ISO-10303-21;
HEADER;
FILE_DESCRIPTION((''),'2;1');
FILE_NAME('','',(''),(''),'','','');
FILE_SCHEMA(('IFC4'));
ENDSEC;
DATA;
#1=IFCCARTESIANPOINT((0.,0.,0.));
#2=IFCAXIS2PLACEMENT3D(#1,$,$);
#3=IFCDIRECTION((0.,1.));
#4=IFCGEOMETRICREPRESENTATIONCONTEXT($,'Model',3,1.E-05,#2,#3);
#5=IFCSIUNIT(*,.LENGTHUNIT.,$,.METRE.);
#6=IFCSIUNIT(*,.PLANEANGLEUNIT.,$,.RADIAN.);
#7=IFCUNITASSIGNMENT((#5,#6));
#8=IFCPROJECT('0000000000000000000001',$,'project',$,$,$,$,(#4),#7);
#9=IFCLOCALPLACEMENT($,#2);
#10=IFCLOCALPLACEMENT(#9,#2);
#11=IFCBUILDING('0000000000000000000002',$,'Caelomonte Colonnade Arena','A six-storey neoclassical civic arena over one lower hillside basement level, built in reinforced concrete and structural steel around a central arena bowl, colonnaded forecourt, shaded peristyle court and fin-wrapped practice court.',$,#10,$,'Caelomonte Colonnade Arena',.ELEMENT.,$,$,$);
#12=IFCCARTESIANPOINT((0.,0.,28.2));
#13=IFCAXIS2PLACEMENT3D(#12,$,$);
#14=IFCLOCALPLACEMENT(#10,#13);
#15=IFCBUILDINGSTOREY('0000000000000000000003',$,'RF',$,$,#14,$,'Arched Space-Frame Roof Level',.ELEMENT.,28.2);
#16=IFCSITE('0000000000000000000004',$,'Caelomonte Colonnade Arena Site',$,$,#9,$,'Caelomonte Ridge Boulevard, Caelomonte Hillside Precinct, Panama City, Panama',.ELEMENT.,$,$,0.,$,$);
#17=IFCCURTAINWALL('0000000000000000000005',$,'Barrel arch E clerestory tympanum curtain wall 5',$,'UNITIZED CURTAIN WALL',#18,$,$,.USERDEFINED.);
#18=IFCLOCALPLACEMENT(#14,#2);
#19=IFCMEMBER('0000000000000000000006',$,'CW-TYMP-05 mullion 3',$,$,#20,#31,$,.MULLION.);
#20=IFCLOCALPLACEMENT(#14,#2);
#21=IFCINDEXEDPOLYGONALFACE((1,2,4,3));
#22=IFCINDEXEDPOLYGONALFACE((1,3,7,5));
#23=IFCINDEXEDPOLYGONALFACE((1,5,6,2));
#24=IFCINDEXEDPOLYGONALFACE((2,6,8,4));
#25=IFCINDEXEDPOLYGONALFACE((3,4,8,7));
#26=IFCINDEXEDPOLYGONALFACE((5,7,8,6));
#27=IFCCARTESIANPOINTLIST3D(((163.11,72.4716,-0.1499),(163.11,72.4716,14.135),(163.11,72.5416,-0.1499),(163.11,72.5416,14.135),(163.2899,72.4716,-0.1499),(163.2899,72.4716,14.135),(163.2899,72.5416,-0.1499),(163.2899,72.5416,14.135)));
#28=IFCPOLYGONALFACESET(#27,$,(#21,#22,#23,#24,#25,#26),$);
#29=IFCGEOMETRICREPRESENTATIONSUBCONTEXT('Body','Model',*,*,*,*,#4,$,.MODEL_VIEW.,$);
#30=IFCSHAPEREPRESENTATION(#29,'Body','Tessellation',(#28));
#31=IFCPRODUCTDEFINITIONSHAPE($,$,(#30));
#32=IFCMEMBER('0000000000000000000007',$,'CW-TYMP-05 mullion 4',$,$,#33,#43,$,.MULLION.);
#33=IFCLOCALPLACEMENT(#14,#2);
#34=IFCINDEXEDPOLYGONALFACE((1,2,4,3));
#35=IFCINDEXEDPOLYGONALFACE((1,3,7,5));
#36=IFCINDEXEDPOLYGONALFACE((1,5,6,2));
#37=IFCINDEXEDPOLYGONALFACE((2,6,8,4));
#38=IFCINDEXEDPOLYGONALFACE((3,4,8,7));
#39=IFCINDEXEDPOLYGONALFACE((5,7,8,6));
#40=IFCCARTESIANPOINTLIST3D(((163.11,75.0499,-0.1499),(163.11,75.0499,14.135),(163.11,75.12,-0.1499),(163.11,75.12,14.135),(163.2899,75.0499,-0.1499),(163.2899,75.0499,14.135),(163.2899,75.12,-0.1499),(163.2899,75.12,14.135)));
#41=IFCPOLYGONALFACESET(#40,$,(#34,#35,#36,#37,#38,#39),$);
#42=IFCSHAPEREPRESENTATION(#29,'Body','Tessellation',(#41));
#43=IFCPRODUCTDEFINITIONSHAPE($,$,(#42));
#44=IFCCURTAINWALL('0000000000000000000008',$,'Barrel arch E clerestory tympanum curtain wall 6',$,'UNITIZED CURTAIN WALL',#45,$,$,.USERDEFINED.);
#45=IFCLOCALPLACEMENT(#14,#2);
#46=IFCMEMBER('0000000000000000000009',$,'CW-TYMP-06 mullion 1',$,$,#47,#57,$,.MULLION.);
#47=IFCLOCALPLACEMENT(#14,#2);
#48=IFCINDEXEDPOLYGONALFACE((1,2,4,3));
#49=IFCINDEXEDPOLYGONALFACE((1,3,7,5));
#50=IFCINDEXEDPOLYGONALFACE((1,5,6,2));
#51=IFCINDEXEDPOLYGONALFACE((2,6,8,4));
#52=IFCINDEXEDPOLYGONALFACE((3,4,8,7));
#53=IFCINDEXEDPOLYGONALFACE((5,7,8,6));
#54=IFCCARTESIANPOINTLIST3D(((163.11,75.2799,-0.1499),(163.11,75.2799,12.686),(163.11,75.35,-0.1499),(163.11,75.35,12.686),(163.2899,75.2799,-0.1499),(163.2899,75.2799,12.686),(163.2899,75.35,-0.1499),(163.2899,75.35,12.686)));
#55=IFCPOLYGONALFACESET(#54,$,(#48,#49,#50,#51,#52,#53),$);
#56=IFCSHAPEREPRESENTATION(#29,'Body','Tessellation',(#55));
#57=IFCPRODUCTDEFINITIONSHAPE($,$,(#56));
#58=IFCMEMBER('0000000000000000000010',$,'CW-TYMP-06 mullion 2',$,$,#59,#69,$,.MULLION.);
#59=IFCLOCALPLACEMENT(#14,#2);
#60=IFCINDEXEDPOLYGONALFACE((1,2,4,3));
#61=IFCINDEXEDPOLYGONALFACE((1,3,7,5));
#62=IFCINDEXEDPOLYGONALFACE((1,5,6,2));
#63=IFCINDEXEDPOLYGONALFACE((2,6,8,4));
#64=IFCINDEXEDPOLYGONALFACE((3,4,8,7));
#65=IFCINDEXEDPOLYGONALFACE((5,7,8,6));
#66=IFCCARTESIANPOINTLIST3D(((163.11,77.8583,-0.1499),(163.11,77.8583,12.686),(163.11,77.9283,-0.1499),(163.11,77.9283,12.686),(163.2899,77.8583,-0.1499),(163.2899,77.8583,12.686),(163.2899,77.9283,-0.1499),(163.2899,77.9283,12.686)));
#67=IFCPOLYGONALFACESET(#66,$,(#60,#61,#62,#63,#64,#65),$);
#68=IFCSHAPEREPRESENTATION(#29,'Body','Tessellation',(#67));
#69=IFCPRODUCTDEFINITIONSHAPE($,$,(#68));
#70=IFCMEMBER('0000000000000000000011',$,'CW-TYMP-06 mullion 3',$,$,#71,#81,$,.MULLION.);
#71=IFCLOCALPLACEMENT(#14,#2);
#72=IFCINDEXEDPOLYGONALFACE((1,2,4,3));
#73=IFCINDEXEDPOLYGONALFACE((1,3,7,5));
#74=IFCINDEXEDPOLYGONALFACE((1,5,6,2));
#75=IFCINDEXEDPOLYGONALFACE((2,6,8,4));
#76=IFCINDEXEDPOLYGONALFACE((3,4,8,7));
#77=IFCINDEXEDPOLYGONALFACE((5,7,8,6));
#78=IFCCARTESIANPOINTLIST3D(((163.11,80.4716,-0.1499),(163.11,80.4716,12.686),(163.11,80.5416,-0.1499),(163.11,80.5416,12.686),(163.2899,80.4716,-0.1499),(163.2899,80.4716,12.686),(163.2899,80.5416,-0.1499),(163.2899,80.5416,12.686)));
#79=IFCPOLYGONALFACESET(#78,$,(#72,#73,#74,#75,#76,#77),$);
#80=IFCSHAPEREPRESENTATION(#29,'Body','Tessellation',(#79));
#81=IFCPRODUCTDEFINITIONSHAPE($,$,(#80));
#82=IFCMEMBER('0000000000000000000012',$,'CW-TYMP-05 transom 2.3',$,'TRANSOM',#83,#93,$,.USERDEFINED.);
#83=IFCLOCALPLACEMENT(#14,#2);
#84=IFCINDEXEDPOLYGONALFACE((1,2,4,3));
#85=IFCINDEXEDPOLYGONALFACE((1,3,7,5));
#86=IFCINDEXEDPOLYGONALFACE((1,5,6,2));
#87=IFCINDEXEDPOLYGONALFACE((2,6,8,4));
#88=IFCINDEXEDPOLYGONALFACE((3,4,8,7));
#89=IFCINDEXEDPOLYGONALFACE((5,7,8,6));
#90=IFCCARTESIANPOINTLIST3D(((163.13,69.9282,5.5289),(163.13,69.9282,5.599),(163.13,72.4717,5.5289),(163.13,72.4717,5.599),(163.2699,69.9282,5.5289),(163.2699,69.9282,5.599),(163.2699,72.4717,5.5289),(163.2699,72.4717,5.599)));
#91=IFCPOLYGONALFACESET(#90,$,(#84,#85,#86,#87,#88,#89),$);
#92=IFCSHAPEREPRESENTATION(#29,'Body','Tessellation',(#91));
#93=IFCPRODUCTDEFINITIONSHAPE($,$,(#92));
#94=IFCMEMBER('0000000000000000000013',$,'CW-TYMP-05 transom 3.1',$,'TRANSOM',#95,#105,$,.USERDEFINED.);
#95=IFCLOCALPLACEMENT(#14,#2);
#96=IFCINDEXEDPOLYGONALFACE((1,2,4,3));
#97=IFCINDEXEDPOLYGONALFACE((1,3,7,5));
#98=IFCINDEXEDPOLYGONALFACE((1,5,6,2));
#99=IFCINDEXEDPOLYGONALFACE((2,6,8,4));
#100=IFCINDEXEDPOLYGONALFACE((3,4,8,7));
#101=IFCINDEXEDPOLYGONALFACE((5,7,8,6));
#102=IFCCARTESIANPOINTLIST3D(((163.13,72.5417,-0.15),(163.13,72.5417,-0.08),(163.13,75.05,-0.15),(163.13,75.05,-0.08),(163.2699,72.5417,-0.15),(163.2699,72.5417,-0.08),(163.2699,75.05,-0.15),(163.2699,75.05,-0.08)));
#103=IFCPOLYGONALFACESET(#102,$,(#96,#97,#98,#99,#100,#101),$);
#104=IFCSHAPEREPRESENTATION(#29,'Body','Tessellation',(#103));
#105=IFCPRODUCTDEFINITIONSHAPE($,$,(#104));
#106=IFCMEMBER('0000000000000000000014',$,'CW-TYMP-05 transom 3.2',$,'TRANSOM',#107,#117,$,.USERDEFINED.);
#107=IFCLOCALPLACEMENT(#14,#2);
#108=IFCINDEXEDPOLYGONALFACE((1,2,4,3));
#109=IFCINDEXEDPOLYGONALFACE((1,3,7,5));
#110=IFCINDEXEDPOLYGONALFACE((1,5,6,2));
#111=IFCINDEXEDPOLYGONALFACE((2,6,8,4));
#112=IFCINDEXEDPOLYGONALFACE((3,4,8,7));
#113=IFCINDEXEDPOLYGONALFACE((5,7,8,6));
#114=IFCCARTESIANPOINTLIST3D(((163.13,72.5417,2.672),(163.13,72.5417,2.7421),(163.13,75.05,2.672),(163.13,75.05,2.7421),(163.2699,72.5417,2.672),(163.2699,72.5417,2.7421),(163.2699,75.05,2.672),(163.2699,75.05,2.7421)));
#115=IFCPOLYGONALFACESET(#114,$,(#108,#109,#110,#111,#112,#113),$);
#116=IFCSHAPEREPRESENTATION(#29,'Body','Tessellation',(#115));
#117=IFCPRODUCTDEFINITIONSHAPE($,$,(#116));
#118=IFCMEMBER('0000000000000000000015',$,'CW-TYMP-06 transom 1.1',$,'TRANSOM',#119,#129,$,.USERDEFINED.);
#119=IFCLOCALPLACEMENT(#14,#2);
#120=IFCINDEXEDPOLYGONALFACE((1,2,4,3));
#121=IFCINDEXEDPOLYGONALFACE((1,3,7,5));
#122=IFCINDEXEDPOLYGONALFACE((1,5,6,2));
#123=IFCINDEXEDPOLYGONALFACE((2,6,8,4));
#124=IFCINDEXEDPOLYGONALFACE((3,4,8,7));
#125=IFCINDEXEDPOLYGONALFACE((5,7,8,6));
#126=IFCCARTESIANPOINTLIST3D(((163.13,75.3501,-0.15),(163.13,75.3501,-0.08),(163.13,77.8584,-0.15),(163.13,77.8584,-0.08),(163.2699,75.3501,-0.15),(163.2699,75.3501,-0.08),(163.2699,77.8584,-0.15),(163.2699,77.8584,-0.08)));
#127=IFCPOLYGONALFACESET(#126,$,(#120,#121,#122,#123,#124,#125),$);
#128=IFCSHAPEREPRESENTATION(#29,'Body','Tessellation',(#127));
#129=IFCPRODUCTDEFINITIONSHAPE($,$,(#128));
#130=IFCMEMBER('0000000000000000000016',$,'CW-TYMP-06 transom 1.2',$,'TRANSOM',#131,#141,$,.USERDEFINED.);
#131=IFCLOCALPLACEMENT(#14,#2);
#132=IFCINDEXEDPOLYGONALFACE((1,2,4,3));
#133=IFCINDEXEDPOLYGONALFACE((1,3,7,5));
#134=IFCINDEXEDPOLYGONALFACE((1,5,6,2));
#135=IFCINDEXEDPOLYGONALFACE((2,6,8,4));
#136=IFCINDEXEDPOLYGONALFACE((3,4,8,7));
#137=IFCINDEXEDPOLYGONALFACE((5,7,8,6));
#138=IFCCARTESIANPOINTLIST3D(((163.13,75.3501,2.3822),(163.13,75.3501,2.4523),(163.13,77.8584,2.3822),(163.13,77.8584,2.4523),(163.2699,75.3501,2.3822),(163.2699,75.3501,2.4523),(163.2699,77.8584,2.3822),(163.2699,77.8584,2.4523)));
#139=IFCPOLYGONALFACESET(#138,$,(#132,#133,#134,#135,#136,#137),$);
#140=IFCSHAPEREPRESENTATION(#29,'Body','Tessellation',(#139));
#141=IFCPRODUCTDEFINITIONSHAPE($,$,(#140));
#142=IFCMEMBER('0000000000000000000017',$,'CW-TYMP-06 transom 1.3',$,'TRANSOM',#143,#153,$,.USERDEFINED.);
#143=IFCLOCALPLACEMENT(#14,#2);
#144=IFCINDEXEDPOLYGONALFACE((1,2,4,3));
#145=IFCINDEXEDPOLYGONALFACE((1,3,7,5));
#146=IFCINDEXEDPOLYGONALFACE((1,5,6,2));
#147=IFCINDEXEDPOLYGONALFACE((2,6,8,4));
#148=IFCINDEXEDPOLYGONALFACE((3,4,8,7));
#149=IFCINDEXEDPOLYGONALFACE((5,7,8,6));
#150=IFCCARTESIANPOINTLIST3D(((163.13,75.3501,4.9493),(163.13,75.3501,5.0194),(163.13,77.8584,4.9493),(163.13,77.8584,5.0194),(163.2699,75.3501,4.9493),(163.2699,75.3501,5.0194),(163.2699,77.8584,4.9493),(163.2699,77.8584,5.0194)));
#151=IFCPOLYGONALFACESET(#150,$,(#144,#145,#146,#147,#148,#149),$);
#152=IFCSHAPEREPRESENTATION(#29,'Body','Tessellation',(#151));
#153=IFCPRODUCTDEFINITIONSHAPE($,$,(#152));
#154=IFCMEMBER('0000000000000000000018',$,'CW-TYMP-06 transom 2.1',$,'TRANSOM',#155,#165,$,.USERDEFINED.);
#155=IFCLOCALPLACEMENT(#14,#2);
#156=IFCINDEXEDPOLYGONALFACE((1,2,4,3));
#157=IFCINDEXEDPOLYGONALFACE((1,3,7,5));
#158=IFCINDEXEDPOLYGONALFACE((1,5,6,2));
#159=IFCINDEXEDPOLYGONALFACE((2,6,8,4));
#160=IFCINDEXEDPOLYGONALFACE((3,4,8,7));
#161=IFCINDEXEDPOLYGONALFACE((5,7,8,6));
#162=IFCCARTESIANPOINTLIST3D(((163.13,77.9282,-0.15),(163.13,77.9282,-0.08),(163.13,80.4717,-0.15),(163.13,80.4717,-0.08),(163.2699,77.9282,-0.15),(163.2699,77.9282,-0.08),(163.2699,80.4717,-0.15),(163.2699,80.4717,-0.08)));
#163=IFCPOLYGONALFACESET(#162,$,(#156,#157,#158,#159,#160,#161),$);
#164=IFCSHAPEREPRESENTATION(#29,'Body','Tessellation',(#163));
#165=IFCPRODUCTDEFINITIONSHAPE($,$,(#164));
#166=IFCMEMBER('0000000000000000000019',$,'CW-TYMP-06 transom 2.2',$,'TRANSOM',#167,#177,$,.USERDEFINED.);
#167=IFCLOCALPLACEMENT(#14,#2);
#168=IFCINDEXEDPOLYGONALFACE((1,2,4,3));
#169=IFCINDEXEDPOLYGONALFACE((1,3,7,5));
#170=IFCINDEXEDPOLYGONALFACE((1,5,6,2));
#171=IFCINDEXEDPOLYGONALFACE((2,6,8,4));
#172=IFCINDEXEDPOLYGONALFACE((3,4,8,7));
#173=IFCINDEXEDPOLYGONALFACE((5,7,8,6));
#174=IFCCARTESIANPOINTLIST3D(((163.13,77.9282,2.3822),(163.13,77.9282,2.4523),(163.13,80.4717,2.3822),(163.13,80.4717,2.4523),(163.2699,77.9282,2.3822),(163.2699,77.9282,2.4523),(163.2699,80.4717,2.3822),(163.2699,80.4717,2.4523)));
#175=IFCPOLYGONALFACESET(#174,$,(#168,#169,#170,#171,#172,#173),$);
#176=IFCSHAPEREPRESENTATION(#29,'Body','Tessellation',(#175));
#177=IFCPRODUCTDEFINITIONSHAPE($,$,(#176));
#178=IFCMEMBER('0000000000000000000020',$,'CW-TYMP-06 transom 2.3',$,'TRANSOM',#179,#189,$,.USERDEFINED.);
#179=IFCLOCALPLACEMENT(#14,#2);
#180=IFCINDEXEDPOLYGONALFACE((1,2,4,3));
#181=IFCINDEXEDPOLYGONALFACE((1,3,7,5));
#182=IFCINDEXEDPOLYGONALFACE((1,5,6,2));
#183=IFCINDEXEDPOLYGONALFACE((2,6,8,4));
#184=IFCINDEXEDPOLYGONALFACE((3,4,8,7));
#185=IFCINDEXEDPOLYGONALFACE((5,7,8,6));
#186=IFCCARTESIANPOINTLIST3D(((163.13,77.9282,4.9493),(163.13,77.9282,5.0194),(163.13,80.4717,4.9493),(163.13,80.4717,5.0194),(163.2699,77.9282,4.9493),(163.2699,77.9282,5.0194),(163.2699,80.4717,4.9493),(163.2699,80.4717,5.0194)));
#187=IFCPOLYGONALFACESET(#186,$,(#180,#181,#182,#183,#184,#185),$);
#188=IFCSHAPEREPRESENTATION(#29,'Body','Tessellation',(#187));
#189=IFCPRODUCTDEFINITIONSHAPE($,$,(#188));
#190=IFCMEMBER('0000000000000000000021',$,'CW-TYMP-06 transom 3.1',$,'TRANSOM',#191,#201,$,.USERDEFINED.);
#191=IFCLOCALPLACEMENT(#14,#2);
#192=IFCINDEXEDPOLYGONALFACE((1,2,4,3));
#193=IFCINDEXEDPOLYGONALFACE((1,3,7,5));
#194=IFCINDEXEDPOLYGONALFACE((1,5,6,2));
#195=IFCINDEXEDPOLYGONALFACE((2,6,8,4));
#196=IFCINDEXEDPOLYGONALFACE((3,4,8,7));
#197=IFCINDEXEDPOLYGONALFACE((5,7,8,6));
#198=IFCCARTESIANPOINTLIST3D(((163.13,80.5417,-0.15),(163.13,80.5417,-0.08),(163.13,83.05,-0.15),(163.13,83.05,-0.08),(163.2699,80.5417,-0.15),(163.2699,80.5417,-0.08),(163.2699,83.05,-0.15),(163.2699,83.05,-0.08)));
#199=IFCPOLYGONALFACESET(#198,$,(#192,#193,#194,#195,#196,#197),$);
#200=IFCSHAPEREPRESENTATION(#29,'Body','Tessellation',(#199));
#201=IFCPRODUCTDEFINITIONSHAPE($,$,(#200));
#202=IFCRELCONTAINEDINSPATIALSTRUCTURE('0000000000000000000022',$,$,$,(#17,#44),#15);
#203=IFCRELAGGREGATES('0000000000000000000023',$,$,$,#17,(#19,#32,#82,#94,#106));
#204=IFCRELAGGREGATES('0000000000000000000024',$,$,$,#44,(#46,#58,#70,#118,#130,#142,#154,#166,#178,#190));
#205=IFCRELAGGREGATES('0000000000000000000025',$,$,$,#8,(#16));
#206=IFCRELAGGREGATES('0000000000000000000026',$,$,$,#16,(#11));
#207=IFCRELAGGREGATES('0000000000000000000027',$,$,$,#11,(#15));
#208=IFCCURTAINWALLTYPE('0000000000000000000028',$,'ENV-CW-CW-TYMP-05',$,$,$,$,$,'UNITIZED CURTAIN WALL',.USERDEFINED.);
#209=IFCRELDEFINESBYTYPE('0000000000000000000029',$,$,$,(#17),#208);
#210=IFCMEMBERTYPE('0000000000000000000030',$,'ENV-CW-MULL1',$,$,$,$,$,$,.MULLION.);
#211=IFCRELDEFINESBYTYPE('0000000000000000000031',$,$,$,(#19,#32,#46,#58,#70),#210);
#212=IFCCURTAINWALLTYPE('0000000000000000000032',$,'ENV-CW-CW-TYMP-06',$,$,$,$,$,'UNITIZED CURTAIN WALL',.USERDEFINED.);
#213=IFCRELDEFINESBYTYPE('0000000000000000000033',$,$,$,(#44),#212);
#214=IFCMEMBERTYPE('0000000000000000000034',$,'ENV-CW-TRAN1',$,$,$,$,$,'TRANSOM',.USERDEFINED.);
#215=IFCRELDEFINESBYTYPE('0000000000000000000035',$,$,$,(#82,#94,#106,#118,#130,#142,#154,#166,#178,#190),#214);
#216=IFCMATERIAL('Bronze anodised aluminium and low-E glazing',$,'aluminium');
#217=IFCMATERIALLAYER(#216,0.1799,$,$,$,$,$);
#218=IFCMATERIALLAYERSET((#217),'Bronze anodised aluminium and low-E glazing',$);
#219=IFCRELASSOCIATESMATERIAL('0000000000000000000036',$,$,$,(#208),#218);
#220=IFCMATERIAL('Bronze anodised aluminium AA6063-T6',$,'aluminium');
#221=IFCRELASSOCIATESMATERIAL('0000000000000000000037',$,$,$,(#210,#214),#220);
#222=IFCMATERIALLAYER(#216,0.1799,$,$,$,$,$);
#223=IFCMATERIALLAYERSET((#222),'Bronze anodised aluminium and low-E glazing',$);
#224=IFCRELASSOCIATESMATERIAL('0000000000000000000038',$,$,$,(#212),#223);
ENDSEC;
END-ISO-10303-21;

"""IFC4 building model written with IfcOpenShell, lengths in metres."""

from ifc_helpers import new_model, si_unit, direction, frame, origin, origin_2d, place, context, subcontext, project, spatial, rectangle, extrude, material, layer, layer_set, material_profile, profile_set, type_object, element, aggregate, save


model = new_model("IFC4")

# Units and contexts
model_context = context("Model", 3, precision=1e-05, world=origin(), true_north=direction((0.0, 1.0)))
body_context = subcontext(model_context, "Body", "Model", "MODEL_VIEW")
ifc_project = project(units=[si_unit("LENGTHUNIT", "METRE"), si_unit("PLANEANGLEUNIT", "RADIAN")], contexts=[model_context])

# Site, building, storey
site_placement = place(None, origin())
site = spatial("IfcSite", under=ifc_project, at=site_placement, Name="Caelomonte Colonnade Arena Site", LongName="Caelomonte Ridge Boulevard, Caelomonte Hillside Precinct, Panama City, Panama", CompositionType="ELEMENT", RefElevation=0.0)
building_placement = place(site_placement, origin())
building = spatial("IfcBuilding", under=site, at=building_placement, Name="Caelomonte Colonnade Arena", Description="A six-storey neoclassical civic arena over one lower hillside basement level, built in reinforced concrete and structural steel around a central arena bowl, colonnaded forecourt, shaded peristyle court and fin-wrapped practice court.", LongName="Caelomonte Colonnade Arena", CompositionType="ELEMENT")
storey_placement = place(building_placement, frame((0.0, 0.0, 28.2)))
storey = spatial("IfcBuildingStorey", under=building, at=storey_placement, Name="RF", LongName="Arched Space-Frame Roof Level", CompositionType="ELEMENT", Elevation=28.2)

# Curtain walls, members
ifc_material_1 = material(Name="Bronze anodised aluminium and low-E glazing", Category="aluminium")
ifc_layer_1 = layer(ifc_material_1, 0.1799)
ifc_layer_set_1 = layer_set([ifc_layer_1], Name="Bronze anodised aluminium and low-E glazing")
curtain_wall_type_1 = type_object("IfcCurtainWallType", Name="ENV-CW-CW-TYMP-05", ElementType="UNITIZED CURTAIN WALL", PredefinedType="USERDEFINED", material=ifc_layer_set_1)
curtain_wall_1_placement = place(storey_placement, origin())
curtain_wall_1 = element("IfcCurtainWall", 1, at=curtain_wall_1_placement, inside=storey, type_object=curtain_wall_type_1, Name="Barrel arch E clerestory tympanum curtain wall 5", ObjectType="UNITIZED CURTAIN WALL", PredefinedType="USERDEFINED")
ifc_material_2 = material(Name="Bronze anodised aluminium AA6063-T6", Category="aluminium")
ifc_material_profile_1 = material_profile(ifc_material_2, rectangle(XDim=0.0701, YDim=0.1799, at=origin_2d()), Name="CWM-70X180")
ifc_profile_set_1 = profile_set([ifc_material_profile_1], Name="Bronze anodised aluminium AA6063-T6")
member_type_1 = type_object("IfcMemberType", Name="ENV-CW-MULL1", PredefinedType="MULLION", material=ifc_profile_set_1)
member_1_placement = place(storey_placement, frame((163.2, 72.5066, -0.1499), z_axis=(0.0, 0.0, 1.0), x_axis=(0.0, 1.0, 0.0)))
member_1 = element("IfcMember", 2, at=member_1_placement, type_object=member_type_1, Name="CW-TYMP-05 mullion 3", PredefinedType="MULLION", context=body_context, shape_type="SweptSolid", body=[
    extrude(rectangle(XDim=0.0701, YDim=0.1799, at=origin_2d()), origin(), (0.0, 0.0, 1.0), 14.2849),
])
member_2_placement = place(storey_placement, frame((163.2, 75.085, -0.1499), z_axis=(0.0, 0.0, 1.0), x_axis=(0.0, 1.0, 0.0)))
member_2 = element("IfcMember", 3, at=member_2_placement, type_object=member_type_1, Name="CW-TYMP-05 mullion 4", PredefinedType="MULLION", context=body_context, shape_type="SweptSolid", body=[
    extrude(rectangle(XDim=0.0701, YDim=0.1799, at=origin_2d()), origin(), (0.0, 0.0, 1.0), 14.2849),
])
ifc_layer_2 = layer(ifc_material_1, 0.1799)
ifc_layer_set_2 = layer_set([ifc_layer_2], Name="Bronze anodised aluminium and low-E glazing")
curtain_wall_type_2 = type_object("IfcCurtainWallType", Name="ENV-CW-CW-TYMP-06", ElementType="UNITIZED CURTAIN WALL", PredefinedType="USERDEFINED", material=ifc_layer_set_2)
curtain_wall_2_placement = place(storey_placement, origin())
curtain_wall_2 = element("IfcCurtainWall", 4, at=curtain_wall_2_placement, inside=storey, type_object=curtain_wall_type_2, Name="Barrel arch E clerestory tympanum curtain wall 6", ObjectType="UNITIZED CURTAIN WALL", PredefinedType="USERDEFINED")
member_3_placement = place(storey_placement, frame((163.2, 75.3149, -0.1499), z_axis=(0.0, 0.0, 1.0), x_axis=(0.0, 1.0, 0.0)))
member_3 = element("IfcMember", 5, at=member_3_placement, type_object=member_type_1, Name="CW-TYMP-06 mullion 1", PredefinedType="MULLION", context=body_context, shape_type="SweptSolid", body=[
    extrude(rectangle(XDim=0.0701, YDim=0.1799, at=origin_2d()), origin(), (0.0, 0.0, 1.0), 12.8359),
])
member_4_placement = place(storey_placement, frame((163.2, 77.8933, -0.1499), z_axis=(0.0, 0.0, 1.0), x_axis=(0.0, 1.0, 0.0)))
member_4 = element("IfcMember", 6, at=member_4_placement, type_object=member_type_1, Name="CW-TYMP-06 mullion 2", PredefinedType="MULLION", context=body_context, shape_type="SweptSolid", body=[
    extrude(rectangle(XDim=0.0701, YDim=0.1799, at=origin_2d()), origin(), (0.0, 0.0, 1.0), 12.8359),
])
member_5_placement = place(storey_placement, frame((163.2, 80.5066, -0.1499), z_axis=(0.0, 0.0, 1.0), x_axis=(0.0, 1.0, 0.0)))
member_5 = element("IfcMember", 7, at=member_5_placement, type_object=member_type_1, Name="CW-TYMP-06 mullion 3", PredefinedType="MULLION", context=body_context, shape_type="SweptSolid", body=[
    extrude(rectangle(XDim=0.0701, YDim=0.1799, at=origin_2d()), origin(), (0.0, 0.0, 1.0), 12.8359),
])

# Members
ifc_material_profile_2 = material_profile(ifc_material_2, rectangle(XDim=0.0701, YDim=0.1399, at=origin_2d()), Name="CWT-70X140")
ifc_profile_set_2 = profile_set([ifc_material_profile_2], Name="Bronze anodised aluminium AA6063-T6")
member_type_2 = type_object("IfcMemberType", Name="ENV-CW-TRAN1", ElementType="TRANSOM", PredefinedType="USERDEFINED", material=ifc_profile_set_2)
member_6_placement = place(storey_placement, frame((163.2, 69.9282, 5.564), z_axis=(0.0, 1.0, 0.0), x_axis=(0.0, 0.0, 1.0)))
member_6 = element("IfcMember", 8, at=member_6_placement, type_object=member_type_2, Name="CW-TYMP-05 transom 2.3", ObjectType="TRANSOM", PredefinedType="USERDEFINED", context=body_context, shape_type="SweptSolid", body=[
    extrude(rectangle(XDim=0.0701, YDim=0.1399, at=origin_2d()), origin(), (0.0, 0.0, 1.0), 2.5435),
])
member_7_placement = place(storey_placement, frame((163.2, 72.5417, -0.115), z_axis=(0.0, 1.0, 0.0), x_axis=(0.0, 0.0, 1.0)))
member_7 = element("IfcMember", 9, at=member_7_placement, type_object=member_type_2, Name="CW-TYMP-05 transom 3.1", ObjectType="TRANSOM", PredefinedType="USERDEFINED", context=body_context, shape_type="SweptSolid", body=[
    extrude(rectangle(XDim=0.0701, YDim=0.1399, at=origin_2d()), origin(), (0.0, 0.0, 1.0), 2.5083),
])
member_8_placement = place(storey_placement, frame((163.2, 72.5417, 2.707), z_axis=(0.0, 1.0, 0.0), x_axis=(0.0, 0.0, 1.0)))
member_8 = element("IfcMember", 10, at=member_8_placement, type_object=member_type_2, Name="CW-TYMP-05 transom 3.2", ObjectType="TRANSOM", PredefinedType="USERDEFINED", context=body_context, shape_type="SweptSolid", body=[
    extrude(rectangle(XDim=0.0701, YDim=0.1399, at=origin_2d()), origin(), (0.0, 0.0, 1.0), 2.5083),
])
member_9_placement = place(storey_placement, frame((163.2, 75.3501, -0.115), z_axis=(0.0, 1.0, 0.0), x_axis=(0.0, 0.0, 1.0)))
member_9 = element("IfcMember", 11, at=member_9_placement, type_object=member_type_2, Name="CW-TYMP-06 transom 1.1", ObjectType="TRANSOM", PredefinedType="USERDEFINED", context=body_context, shape_type="SweptSolid", body=[
    extrude(rectangle(XDim=0.0701, YDim=0.1399, at=origin_2d()), origin(), (0.0, 0.0, 1.0), 2.5083),
])
member_10_placement = place(storey_placement, frame((163.2, 75.3501, 2.4172), z_axis=(0.0, 1.0, 0.0), x_axis=(0.0, 0.0, 1.0)))
member_10 = element("IfcMember", 12, at=member_10_placement, type_object=member_type_2, Name="CW-TYMP-06 transom 1.2", ObjectType="TRANSOM", PredefinedType="USERDEFINED", context=body_context, shape_type="SweptSolid", body=[
    extrude(rectangle(XDim=0.0701, YDim=0.1399, at=origin_2d()), origin(), (0.0, 0.0, 1.0), 2.5083),
])
member_11_placement = place(storey_placement, frame((163.2, 75.3501, 4.9844), z_axis=(0.0, 1.0, 0.0), x_axis=(0.0, 0.0, 1.0)))
member_11 = element("IfcMember", 13, at=member_11_placement, type_object=member_type_2, Name="CW-TYMP-06 transom 1.3", ObjectType="TRANSOM", PredefinedType="USERDEFINED", context=body_context, shape_type="SweptSolid", body=[
    extrude(rectangle(XDim=0.0701, YDim=0.1399, at=origin_2d()), origin(), (0.0, 0.0, 1.0), 2.5083),
])
member_12_placement = place(storey_placement, frame((163.2, 77.9282, -0.115), z_axis=(0.0, 1.0, 0.0), x_axis=(0.0, 0.0, 1.0)))
member_12 = element("IfcMember", 14, at=member_12_placement, type_object=member_type_2, Name="CW-TYMP-06 transom 2.1", ObjectType="TRANSOM", PredefinedType="USERDEFINED", context=body_context, shape_type="SweptSolid", body=[
    extrude(rectangle(XDim=0.0701, YDim=0.1399, at=origin_2d()), origin(), (0.0, 0.0, 1.0), 2.5435),
])
member_13_placement = place(storey_placement, frame((163.2, 77.9282, 2.4172), z_axis=(0.0, 1.0, 0.0), x_axis=(0.0, 0.0, 1.0)))
member_13 = element("IfcMember", 15, at=member_13_placement, type_object=member_type_2, Name="CW-TYMP-06 transom 2.2", ObjectType="TRANSOM", PredefinedType="USERDEFINED", context=body_context, shape_type="SweptSolid", body=[
    extrude(rectangle(XDim=0.0701, YDim=0.1399, at=origin_2d()), origin(), (0.0, 0.0, 1.0), 2.5435),
])
member_14_placement = place(storey_placement, frame((163.2, 77.9282, 4.9844), z_axis=(0.0, 1.0, 0.0), x_axis=(0.0, 0.0, 1.0)))
member_14 = element("IfcMember", 16, at=member_14_placement, type_object=member_type_2, Name="CW-TYMP-06 transom 2.3", ObjectType="TRANSOM", PredefinedType="USERDEFINED", context=body_context, shape_type="SweptSolid", body=[
    extrude(rectangle(XDim=0.0701, YDim=0.1399, at=origin_2d()), origin(), (0.0, 0.0, 1.0), 2.5435),
])
member_15_placement = place(storey_placement, frame((163.2, 80.5417, -0.115), z_axis=(0.0, 1.0, 0.0), x_axis=(0.0, 0.0, 1.0)))
member_15 = element("IfcMember", 17, at=member_15_placement, type_object=member_type_2, Name="CW-TYMP-06 transom 3.1", ObjectType="TRANSOM", PredefinedType="USERDEFINED", context=body_context, shape_type="SweptSolid", body=[
    extrude(rectangle(XDim=0.0701, YDim=0.1399, at=origin_2d()), origin(), (0.0, 0.0, 1.0), 2.5083),
])

aggregate(curtain_wall_1, [member_1, member_2, member_6, member_7, member_8])
aggregate(curtain_wall_2, [member_3, member_4, member_5, member_9, member_10, member_11, member_12, member_13, member_14, member_15])

save(model, "model.ifc")
